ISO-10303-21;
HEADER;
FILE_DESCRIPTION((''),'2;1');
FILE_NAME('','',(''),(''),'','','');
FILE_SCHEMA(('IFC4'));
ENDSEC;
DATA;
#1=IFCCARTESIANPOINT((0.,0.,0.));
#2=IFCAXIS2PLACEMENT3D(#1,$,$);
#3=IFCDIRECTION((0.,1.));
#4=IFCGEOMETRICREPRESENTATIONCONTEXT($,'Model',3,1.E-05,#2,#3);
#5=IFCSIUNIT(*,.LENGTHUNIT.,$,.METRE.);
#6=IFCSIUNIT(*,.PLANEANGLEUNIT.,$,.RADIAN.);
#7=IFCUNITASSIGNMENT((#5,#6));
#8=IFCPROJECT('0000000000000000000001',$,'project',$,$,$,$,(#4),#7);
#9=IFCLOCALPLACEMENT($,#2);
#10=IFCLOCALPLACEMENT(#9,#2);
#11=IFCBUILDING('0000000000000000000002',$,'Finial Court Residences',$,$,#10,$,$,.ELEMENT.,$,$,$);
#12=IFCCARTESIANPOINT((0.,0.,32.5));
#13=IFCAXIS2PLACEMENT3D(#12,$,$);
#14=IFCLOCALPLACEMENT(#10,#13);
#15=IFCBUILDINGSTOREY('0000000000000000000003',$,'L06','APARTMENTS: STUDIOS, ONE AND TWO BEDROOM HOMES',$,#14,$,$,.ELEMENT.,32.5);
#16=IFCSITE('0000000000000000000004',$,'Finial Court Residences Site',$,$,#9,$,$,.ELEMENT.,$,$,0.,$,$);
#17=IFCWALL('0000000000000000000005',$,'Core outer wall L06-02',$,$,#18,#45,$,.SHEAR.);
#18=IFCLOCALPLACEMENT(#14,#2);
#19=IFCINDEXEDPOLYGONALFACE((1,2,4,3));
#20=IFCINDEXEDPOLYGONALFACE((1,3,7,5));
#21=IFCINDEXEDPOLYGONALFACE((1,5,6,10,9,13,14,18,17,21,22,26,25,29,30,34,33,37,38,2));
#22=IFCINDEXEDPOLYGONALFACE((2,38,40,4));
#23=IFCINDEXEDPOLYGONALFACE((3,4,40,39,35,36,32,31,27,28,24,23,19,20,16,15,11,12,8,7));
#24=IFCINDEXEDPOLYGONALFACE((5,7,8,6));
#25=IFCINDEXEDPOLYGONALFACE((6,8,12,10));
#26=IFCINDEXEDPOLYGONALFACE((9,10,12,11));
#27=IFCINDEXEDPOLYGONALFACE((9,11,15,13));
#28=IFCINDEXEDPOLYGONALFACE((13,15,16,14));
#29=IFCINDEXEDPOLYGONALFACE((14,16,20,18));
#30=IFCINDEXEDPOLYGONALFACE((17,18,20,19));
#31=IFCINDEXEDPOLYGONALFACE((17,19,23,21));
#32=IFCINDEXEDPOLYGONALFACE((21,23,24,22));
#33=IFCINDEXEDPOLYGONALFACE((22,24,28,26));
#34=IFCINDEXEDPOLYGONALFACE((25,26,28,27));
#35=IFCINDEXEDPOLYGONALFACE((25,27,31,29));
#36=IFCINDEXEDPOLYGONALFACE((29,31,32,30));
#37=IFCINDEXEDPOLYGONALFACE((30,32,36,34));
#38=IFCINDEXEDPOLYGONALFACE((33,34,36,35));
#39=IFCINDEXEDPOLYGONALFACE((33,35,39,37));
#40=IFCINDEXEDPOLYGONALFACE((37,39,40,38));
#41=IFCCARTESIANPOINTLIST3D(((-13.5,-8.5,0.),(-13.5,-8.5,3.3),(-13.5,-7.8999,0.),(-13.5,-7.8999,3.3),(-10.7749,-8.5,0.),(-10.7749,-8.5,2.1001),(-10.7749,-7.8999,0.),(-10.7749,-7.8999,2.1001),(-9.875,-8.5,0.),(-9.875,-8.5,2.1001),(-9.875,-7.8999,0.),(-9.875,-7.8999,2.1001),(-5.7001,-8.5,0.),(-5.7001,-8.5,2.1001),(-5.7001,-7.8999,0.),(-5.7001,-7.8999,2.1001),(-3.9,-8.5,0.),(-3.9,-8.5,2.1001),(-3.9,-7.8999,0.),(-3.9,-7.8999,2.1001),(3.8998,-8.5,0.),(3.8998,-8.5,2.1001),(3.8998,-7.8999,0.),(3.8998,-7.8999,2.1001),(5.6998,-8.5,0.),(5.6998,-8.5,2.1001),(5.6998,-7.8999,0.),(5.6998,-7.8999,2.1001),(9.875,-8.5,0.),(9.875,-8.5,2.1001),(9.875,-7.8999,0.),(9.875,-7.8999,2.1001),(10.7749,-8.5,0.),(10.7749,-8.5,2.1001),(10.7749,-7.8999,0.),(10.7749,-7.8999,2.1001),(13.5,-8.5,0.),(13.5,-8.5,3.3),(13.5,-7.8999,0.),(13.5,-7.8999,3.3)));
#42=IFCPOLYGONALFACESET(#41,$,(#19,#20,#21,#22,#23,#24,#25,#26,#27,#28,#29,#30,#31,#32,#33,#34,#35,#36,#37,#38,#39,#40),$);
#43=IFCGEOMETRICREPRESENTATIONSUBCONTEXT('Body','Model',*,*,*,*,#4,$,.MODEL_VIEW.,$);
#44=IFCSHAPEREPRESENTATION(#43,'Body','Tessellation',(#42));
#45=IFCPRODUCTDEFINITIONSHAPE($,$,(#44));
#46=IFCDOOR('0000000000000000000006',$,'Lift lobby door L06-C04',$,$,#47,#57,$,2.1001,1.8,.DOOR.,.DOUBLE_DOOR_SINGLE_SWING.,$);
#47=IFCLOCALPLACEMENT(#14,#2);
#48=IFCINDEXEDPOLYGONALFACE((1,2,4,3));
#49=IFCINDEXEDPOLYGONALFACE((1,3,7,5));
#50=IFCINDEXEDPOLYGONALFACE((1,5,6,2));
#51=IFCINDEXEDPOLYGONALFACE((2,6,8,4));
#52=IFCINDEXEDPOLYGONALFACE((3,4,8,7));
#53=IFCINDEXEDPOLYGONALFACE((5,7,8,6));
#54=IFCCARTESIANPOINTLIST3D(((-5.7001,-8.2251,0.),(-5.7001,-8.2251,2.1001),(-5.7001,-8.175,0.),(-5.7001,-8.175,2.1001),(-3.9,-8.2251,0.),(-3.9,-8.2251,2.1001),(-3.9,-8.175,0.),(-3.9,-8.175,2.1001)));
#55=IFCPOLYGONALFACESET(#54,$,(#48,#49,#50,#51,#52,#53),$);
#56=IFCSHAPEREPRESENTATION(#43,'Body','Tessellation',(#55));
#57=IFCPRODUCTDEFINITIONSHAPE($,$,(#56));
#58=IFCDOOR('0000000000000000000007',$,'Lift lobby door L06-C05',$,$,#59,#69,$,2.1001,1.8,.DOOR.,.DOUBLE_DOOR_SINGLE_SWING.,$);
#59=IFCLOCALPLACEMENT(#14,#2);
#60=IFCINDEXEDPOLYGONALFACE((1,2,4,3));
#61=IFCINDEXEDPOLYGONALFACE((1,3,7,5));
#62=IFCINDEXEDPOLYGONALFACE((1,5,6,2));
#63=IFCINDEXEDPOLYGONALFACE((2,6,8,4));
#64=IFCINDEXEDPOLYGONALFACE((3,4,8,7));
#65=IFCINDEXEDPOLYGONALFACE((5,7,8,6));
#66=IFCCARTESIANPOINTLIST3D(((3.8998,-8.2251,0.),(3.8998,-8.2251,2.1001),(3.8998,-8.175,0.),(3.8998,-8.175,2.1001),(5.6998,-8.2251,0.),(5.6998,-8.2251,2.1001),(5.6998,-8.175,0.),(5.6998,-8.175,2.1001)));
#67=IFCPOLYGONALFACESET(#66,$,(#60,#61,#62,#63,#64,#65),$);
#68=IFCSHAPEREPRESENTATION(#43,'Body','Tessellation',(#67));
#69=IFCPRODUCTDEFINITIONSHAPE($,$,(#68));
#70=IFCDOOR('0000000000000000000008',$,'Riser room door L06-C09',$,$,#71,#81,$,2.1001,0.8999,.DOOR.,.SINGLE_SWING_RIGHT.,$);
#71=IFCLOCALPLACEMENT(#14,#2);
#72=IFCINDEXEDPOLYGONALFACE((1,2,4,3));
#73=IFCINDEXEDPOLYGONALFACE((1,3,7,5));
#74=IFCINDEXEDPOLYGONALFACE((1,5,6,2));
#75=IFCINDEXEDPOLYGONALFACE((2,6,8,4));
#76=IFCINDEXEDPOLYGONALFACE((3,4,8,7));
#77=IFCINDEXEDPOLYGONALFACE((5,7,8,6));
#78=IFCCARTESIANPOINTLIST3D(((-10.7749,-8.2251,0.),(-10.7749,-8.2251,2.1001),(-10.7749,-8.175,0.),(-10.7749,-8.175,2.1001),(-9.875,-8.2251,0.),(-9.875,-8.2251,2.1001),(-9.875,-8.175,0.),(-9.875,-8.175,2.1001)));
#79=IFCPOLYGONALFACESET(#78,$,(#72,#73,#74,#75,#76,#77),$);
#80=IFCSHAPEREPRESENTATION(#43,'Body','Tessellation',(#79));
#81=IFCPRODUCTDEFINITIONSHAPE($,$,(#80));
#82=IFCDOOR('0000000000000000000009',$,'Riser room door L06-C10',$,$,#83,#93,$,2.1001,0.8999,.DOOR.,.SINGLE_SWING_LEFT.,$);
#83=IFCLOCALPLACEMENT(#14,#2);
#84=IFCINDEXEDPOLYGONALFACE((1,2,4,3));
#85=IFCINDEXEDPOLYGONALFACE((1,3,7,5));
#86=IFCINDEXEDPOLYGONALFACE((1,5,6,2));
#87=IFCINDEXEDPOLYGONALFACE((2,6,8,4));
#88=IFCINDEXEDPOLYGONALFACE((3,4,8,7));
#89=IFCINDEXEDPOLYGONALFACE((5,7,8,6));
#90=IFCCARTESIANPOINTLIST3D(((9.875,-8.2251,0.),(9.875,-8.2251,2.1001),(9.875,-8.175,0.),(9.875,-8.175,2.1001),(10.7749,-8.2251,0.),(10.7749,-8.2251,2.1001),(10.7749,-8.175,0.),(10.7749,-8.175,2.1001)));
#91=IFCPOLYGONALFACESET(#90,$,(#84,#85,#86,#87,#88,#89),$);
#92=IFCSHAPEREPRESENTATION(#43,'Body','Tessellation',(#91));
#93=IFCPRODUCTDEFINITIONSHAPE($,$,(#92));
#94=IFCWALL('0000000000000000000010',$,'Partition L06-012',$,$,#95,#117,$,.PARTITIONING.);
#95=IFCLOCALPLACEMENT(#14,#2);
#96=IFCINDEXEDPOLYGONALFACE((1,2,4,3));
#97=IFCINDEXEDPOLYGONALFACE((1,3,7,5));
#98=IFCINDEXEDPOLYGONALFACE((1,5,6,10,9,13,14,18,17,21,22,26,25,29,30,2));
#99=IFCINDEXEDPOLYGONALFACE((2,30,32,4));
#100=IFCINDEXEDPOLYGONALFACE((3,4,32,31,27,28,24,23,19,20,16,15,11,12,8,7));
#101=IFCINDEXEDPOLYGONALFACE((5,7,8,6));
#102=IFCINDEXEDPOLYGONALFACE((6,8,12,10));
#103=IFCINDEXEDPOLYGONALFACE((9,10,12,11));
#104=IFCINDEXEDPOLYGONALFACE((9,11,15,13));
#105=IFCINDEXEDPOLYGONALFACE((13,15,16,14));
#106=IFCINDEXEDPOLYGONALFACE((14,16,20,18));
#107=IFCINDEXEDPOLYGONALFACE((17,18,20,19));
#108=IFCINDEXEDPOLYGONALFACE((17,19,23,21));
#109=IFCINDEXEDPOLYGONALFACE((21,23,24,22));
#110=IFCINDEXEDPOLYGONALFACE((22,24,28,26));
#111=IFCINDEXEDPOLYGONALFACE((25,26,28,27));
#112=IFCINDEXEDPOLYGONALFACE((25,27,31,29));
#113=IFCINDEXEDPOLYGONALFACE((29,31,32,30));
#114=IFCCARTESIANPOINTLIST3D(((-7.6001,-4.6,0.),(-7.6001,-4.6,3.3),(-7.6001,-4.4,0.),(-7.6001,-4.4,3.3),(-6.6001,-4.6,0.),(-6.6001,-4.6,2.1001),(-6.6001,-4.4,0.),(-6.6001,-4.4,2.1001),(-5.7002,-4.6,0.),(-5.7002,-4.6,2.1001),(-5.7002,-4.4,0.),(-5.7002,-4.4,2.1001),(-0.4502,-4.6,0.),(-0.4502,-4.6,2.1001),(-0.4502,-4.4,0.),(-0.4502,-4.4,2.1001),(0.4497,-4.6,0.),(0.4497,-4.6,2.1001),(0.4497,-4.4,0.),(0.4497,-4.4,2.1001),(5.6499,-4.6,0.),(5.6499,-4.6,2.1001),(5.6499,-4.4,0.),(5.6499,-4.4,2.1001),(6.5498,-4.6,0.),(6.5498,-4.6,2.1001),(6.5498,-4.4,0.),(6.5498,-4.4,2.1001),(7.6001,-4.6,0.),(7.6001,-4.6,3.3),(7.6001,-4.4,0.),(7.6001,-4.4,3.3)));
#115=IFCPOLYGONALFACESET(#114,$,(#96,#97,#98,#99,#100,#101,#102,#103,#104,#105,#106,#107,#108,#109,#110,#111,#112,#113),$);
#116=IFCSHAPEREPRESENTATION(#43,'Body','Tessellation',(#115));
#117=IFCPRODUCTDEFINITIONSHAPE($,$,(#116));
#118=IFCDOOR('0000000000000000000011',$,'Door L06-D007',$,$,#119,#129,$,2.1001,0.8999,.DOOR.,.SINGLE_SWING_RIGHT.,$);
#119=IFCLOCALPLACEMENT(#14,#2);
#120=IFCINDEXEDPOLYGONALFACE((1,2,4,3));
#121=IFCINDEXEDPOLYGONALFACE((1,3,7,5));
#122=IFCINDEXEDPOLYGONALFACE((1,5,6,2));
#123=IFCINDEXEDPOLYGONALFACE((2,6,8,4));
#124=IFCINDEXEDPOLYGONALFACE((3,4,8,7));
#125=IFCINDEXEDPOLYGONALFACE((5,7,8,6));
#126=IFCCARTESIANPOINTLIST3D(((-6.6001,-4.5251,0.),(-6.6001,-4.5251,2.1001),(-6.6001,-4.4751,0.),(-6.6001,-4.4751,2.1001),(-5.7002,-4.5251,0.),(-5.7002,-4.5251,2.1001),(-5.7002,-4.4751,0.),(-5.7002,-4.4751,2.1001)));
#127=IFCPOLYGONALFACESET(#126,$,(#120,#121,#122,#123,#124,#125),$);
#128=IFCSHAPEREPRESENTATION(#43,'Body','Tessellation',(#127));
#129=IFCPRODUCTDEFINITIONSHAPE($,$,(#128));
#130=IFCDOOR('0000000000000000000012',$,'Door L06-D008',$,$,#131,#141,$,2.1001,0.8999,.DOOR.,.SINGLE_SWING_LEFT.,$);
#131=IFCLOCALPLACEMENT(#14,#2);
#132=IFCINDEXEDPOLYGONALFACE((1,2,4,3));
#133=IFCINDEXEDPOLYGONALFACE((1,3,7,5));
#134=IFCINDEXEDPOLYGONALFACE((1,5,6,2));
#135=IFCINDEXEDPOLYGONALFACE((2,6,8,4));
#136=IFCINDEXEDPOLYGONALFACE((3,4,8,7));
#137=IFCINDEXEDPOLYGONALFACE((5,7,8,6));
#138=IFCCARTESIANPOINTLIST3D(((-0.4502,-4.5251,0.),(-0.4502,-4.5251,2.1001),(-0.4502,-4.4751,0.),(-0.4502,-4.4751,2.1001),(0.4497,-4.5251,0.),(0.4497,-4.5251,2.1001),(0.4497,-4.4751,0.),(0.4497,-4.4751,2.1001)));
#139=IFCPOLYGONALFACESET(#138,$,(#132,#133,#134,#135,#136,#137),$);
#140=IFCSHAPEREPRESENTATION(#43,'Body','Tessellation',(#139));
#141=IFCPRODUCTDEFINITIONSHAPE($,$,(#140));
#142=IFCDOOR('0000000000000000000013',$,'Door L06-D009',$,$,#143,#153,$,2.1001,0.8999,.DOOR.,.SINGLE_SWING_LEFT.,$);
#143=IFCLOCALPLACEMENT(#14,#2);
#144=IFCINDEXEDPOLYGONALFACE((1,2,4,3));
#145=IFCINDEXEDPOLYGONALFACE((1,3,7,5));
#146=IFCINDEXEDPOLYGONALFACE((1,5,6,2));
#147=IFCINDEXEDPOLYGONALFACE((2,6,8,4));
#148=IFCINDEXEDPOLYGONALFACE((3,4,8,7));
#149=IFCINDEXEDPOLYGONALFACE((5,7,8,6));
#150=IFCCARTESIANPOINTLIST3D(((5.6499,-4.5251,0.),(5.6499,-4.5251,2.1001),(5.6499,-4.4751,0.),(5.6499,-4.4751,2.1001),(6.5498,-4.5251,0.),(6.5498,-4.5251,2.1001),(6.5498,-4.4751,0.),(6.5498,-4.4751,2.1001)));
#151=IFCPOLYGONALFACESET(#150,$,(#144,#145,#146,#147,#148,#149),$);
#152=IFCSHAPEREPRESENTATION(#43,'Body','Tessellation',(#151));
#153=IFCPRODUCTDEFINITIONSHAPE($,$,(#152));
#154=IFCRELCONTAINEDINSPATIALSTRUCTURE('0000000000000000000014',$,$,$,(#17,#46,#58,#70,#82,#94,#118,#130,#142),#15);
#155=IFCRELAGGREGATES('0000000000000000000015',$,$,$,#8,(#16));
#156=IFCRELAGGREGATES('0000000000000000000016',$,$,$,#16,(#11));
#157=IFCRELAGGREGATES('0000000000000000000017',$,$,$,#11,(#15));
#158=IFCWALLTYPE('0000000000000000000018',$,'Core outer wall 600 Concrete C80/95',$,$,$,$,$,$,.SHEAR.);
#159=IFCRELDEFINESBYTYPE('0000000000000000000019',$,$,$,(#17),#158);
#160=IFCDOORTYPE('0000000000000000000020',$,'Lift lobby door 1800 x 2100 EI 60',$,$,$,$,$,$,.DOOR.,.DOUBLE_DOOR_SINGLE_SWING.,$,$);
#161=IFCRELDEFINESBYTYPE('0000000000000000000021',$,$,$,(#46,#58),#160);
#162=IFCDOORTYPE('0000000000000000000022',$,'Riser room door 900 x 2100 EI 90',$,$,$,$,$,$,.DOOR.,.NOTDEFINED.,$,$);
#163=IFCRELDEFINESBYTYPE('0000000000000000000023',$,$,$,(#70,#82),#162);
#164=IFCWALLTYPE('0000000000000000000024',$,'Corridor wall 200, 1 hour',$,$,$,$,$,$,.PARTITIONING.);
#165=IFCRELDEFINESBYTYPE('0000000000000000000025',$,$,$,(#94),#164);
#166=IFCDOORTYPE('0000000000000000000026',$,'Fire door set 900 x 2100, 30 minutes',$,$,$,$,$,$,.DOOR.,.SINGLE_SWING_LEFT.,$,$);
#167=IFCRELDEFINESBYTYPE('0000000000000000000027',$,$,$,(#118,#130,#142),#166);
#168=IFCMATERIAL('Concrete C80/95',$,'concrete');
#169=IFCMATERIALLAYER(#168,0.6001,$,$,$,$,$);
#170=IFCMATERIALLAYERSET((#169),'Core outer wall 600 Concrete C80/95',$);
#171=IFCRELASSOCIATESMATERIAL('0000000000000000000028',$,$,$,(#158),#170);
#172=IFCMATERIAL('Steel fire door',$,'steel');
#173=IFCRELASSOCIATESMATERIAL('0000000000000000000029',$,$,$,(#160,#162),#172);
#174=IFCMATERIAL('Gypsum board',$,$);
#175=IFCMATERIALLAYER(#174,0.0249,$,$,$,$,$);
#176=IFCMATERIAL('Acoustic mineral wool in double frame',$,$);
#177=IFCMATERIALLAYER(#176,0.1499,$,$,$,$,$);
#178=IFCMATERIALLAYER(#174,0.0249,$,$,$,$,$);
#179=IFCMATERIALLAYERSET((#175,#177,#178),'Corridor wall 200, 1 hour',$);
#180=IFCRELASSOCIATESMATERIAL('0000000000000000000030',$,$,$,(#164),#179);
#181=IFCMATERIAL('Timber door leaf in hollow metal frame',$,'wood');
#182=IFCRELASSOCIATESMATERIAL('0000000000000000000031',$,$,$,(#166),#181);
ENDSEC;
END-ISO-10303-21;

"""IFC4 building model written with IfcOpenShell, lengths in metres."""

from ifc_helpers import new_model, si_unit, direction, frame, frame_2d, origin, place, context, subcontext, project, spatial, rectangle, extrude, material, layer, layer_set, type_object, element, fill, save


model = new_model("IFC4")

# Units and contexts
model_context = context("Model", 3, precision=1e-05, world=origin(), true_north=direction((0.0, 1.0)))
body_context = subcontext(model_context, "Body", "Model", "MODEL_VIEW")
ifc_project = project(units=[si_unit("LENGTHUNIT", "METRE"), si_unit("PLANEANGLEUNIT", "RADIAN")], contexts=[model_context])

# Site, building, storey
site_placement = place(None, origin())
site = spatial("IfcSite", under=ifc_project, at=site_placement, Name="Finial Court Residences Site", CompositionType="ELEMENT", RefElevation=0.0)
building_placement = place(site_placement, origin())
building = spatial("IfcBuilding", under=site, at=building_placement, Name="Finial Court Residences", CompositionType="ELEMENT")
storey_placement = place(building_placement, frame((0.0, 0.0, 32.5)))
storey = spatial("IfcBuildingStorey", under=building, at=storey_placement, Name="L06", Description="APARTMENTS: STUDIOS, ONE AND TWO BEDROOM HOMES", CompositionType="ELEMENT", Elevation=32.5)

# Shared definitions
ifc_material_1 = material(Name="Concrete C80/95", Category="concrete")

# Walls, openings, doors
ifc_layer_1 = layer(ifc_material_1, 0.6001)
ifc_layer_set_1 = layer_set([ifc_layer_1], Name="Core outer wall 600 Concrete C80/95")
wall_type_1 = type_object("IfcWallType", Name="Core outer wall 600 Concrete C80/95", PredefinedType="SHEAR", material=ifc_layer_set_1)
wall_1_placement = place(storey_placement, frame((-13.5, -8.2, 0.0), z_axis=(0.0, 0.0, 1.0), x_axis=(1.0, 0.0, 0.0)))
wall_1 = element("IfcWall", 1, at=wall_1_placement, inside=storey, type_object=wall_type_1, Name="Core outer wall L06-02", PredefinedType="SHEAR", context=body_context, shape_type="SweptSolid", body=[
    extrude(rectangle(XDim=27.0, YDim=0.6001, at=frame_2d((13.5, 0.0))), origin(), (0.0, 0.0, 1.0), 3.3),
])
opening_1_placement = place(wall_1_placement, frame((7.8, 0.0, 0.0)))
opening_1 = element("IfcOpeningElement", 2, at=opening_1_placement, cuts=wall_1, PredefinedType="OPENING", context=body_context, shape_type="SweptSolid", body=[
    extrude(rectangle(XDim=1.8, YDim=2.1001, at=frame_2d((0.8999, 1.05))), frame((0.0, 0.3101, 0.0), z_axis=(0.0, -1.0, 0.0), x_axis=(1.0, 0.0, 0.0)), (0.0, 0.0, 1.0), 0.6201),
])
opening_2_placement = place(wall_1_placement, frame((17.3999, 0.0, 0.0)))
opening_2 = element("IfcOpeningElement", 3, at=opening_2_placement, cuts=wall_1, PredefinedType="OPENING", context=body_context, shape_type="SweptSolid", body=[
    extrude(rectangle(XDim=1.8, YDim=2.1001, at=frame_2d((0.8999, 1.05))), frame((0.0, 0.3101, 0.0), z_axis=(0.0, -1.0, 0.0), x_axis=(1.0, 0.0, 0.0)), (0.0, 0.0, 1.0), 0.6201),
])
opening_3_placement = place(wall_1_placement, frame((2.7251, 0.0, 0.0)))
opening_3 = element("IfcOpeningElement", 4, at=opening_3_placement, cuts=wall_1, PredefinedType="OPENING", context=body_context, shape_type="SweptSolid", body=[
    extrude(rectangle(XDim=0.8999, YDim=2.1001, at=frame_2d((0.45, 1.05))), frame((0.0, 0.3101, 0.0), z_axis=(0.0, -1.0, 0.0), x_axis=(1.0, 0.0, 0.0)), (0.0, 0.0, 1.0), 0.6201),
])
opening_4_placement = place(wall_1_placement, frame((23.375, 0.0, 0.0)))
opening_4 = element("IfcOpeningElement", 5, at=opening_4_placement, cuts=wall_1, PredefinedType="OPENING", context=body_context, shape_type="SweptSolid", body=[
    extrude(rectangle(XDim=0.8999, YDim=2.1001, at=frame_2d((0.45, 1.05))), frame((0.0, 0.3101, 0.0), z_axis=(0.0, -1.0, 0.0), x_axis=(1.0, 0.0, 0.0)), (0.0, 0.0, 1.0), 0.6201),
])
ifc_material_2 = material(Name="Steel fire door", Category="steel")
door_type_1 = type_object("IfcDoorType", Name="Lift lobby door 1800 x 2100 EI 60", OperationType="DOUBLE_DOOR_SINGLE_SWING", PredefinedType="DOOR", material=ifc_material_2)
door_1_placement = place(opening_1_placement, origin())
door_1 = element("IfcDoor", 6, at=door_1_placement, inside=storey, type_object=door_type_1, Name="Lift lobby door L06-C04", OperationType="DOUBLE_DOOR_SINGLE_SWING", OverallHeight=2.1001, OverallWidth=1.8, PredefinedType="DOOR", context=body_context, shape_type="SweptSolid", body=[
    extrude(rectangle(XDim=1.8, YDim=2.1001, at=frame_2d((0.8999, 1.05))), frame((0.0, 0.0249, 0.0), z_axis=(0.0, -1.0, 0.0), x_axis=(1.0, 0.0, 0.0)), (0.0, 0.0, 1.0), 0.05),
])
fill(opening_1, door_1)
door_2_placement = place(opening_2_placement, origin())
door_2 = element("IfcDoor", 7, at=door_2_placement, inside=storey, type_object=door_type_1, Name="Lift lobby door L06-C05", OperationType="DOUBLE_DOOR_SINGLE_SWING", OverallHeight=2.1001, OverallWidth=1.8, PredefinedType="DOOR", context=body_context, shape_type="SweptSolid", body=[
    extrude(rectangle(XDim=1.8, YDim=2.1001, at=frame_2d((0.8999, 1.05))), frame((0.0, 0.0249, 0.0), z_axis=(0.0, -1.0, 0.0), x_axis=(1.0, 0.0, 0.0)), (0.0, 0.0, 1.0), 0.05),
])
fill(opening_2, door_2)
door_type_2 = type_object("IfcDoorType", Name="Riser room door 900 x 2100 EI 90", OperationType="NOTDEFINED", PredefinedType="DOOR", material=ifc_material_2)
door_3_placement = place(opening_3_placement, origin())
door_3 = element("IfcDoor", 8, at=door_3_placement, inside=storey, type_object=door_type_2, Name="Riser room door L06-C09", OperationType="SINGLE_SWING_RIGHT", OverallHeight=2.1001, OverallWidth=0.8999, PredefinedType="DOOR", context=body_context, shape_type="SweptSolid", body=[
    extrude(rectangle(XDim=0.8999, YDim=2.1001, at=frame_2d((0.45, 1.05))), frame((0.0, 0.0249, 0.0), z_axis=(0.0, -1.0, 0.0), x_axis=(1.0, 0.0, 0.0)), (0.0, 0.0, 1.0), 0.05),
])
fill(opening_3, door_3)
door_4_placement = place(opening_4_placement, origin())
door_4 = element("IfcDoor", 9, at=door_4_placement, inside=storey, type_object=door_type_2, Name="Riser room door L06-C10", OperationType="SINGLE_SWING_LEFT", OverallHeight=2.1001, OverallWidth=0.8999, PredefinedType="DOOR", context=body_context, shape_type="SweptSolid", body=[
    extrude(rectangle(XDim=0.8999, YDim=2.1001, at=frame_2d((0.45, 1.05))), frame((0.0, 0.0249, 0.0), z_axis=(0.0, -1.0, 0.0), x_axis=(1.0, 0.0, 0.0)), (0.0, 0.0, 1.0), 0.05),
])
fill(opening_4, door_4)
ifc_material_3 = material(Name="Gypsum board")
ifc_layer_2 = layer(ifc_material_3, 0.0249)
ifc_material_4 = material(Name="Acoustic mineral wool in double frame")
ifc_layer_3 = layer(ifc_material_4, 0.1499)
ifc_layer_4 = layer(ifc_material_3, 0.0249)
ifc_layer_set_2 = layer_set([ifc_layer_2, ifc_layer_3, ifc_layer_4], Name="Corridor wall 200, 1 hour")
wall_type_2 = type_object("IfcWallType", Name="Corridor wall 200, 1 hour", PredefinedType="PARTITIONING", material=ifc_layer_set_2)
wall_2_placement = place(storey_placement, frame((-7.6001, -4.5, 0.0), z_axis=(0.0, 0.0, 1.0), x_axis=(1.0, 0.0, 0.0)))
wall_2 = element("IfcWall", 10, at=wall_2_placement, inside=storey, type_object=wall_type_2, Name="Partition L06-012", PredefinedType="PARTITIONING", context=body_context, shape_type="SweptSolid", body=[
    extrude(rectangle(XDim=15.2002, YDim=0.2, at=frame_2d((7.6001, 0.0))), origin(), (0.0, 0.0, 1.0), 3.3),
])
opening_5_placement = place(wall_2_placement, frame((1.0, 0.0, 0.0)))
opening_5 = element("IfcOpeningElement", 11, at=opening_5_placement, cuts=wall_2, PredefinedType="OPENING", context=body_context, shape_type="SweptSolid", body=[
    extrude(rectangle(XDim=0.8999, YDim=2.1001, at=frame_2d((0.45, 1.05))), frame((0.0, 0.1099, 0.0), z_axis=(0.0, -1.0, 0.0), x_axis=(1.0, 0.0, 0.0)), (0.0, 0.0, 1.0), 0.22),
])
opening_6_placement = place(wall_2_placement, frame((7.1499, 0.0, 0.0)))
opening_6 = element("IfcOpeningElement", 12, at=opening_6_placement, cuts=wall_2, PredefinedType="OPENING", context=body_context, shape_type="SweptSolid", body=[
    extrude(rectangle(XDim=0.8999, YDim=2.1001, at=frame_2d((0.45, 1.05))), frame((0.0, 0.1099, 0.0), z_axis=(0.0, -1.0, 0.0), x_axis=(1.0, 0.0, 0.0)), (0.0, 0.0, 1.0), 0.22),
])
opening_7_placement = place(wall_2_placement, frame((13.25, 0.0, 0.0)))
opening_7 = element("IfcOpeningElement", 13, at=opening_7_placement, cuts=wall_2, PredefinedType="OPENING", context=body_context, shape_type="SweptSolid", body=[
    extrude(rectangle(XDim=0.8999, YDim=2.1001, at=frame_2d((0.45, 1.05))), frame((0.0, 0.1099, 0.0), z_axis=(0.0, -1.0, 0.0), x_axis=(1.0, 0.0, 0.0)), (0.0, 0.0, 1.0), 0.22),
])
ifc_material_5 = material(Name="Timber door leaf in hollow metal frame", Category="wood")
door_type_3 = type_object("IfcDoorType", Name="Fire door set 900 x 2100, 30 minutes", OperationType="SINGLE_SWING_LEFT", PredefinedType="DOOR", material=ifc_material_5)
door_5_placement = place(opening_5_placement, origin())
door_5 = element("IfcDoor", 14, at=door_5_placement, inside=storey, type_object=door_type_3, Name="Door L06-D007", OperationType="SINGLE_SWING_RIGHT", OverallHeight=2.1001, OverallWidth=0.8999, PredefinedType="DOOR", context=body_context, shape_type="SweptSolid", body=[
    extrude(rectangle(XDim=0.8999, YDim=2.1001, at=frame_2d((0.45, 1.05))), frame((0.0, 0.0249, 0.0), z_axis=(0.0, -1.0, 0.0), x_axis=(1.0, 0.0, 0.0)), (0.0, 0.0, 1.0), 0.05),
])
fill(opening_5, door_5)
door_6_placement = place(opening_6_placement, origin())
door_6 = element("IfcDoor", 15, at=door_6_placement, inside=storey, type_object=door_type_3, Name="Door L06-D008", OperationType="SINGLE_SWING_LEFT", OverallHeight=2.1001, OverallWidth=0.8999, PredefinedType="DOOR", context=body_context, shape_type="SweptSolid", body=[
    extrude(rectangle(XDim=0.8999, YDim=2.1001, at=frame_2d((0.45, 1.05))), frame((0.0, 0.0249, 0.0), z_axis=(0.0, -1.0, 0.0), x_axis=(1.0, 0.0, 0.0)), (0.0, 0.0, 1.0), 0.05),
])
fill(opening_6, door_6)
door_7_placement = place(opening_7_placement, origin())
door_7 = element("IfcDoor", 16, at=door_7_placement, inside=storey, type_object=door_type_3, Name="Door L06-D009", OperationType="SINGLE_SWING_LEFT", OverallHeight=2.1001, OverallWidth=0.8999, PredefinedType="DOOR", context=body_context, shape_type="SweptSolid", body=[
    extrude(rectangle(XDim=0.8999, YDim=2.1001, at=frame_2d((0.45, 1.05))), frame((0.0, 0.0249, 0.0), z_axis=(0.0, -1.0, 0.0), x_axis=(1.0, 0.0, 0.0)), (0.0, 0.0, 1.0), 0.05),
])
fill(opening_7, door_7)

save(model, "model.ifc")
